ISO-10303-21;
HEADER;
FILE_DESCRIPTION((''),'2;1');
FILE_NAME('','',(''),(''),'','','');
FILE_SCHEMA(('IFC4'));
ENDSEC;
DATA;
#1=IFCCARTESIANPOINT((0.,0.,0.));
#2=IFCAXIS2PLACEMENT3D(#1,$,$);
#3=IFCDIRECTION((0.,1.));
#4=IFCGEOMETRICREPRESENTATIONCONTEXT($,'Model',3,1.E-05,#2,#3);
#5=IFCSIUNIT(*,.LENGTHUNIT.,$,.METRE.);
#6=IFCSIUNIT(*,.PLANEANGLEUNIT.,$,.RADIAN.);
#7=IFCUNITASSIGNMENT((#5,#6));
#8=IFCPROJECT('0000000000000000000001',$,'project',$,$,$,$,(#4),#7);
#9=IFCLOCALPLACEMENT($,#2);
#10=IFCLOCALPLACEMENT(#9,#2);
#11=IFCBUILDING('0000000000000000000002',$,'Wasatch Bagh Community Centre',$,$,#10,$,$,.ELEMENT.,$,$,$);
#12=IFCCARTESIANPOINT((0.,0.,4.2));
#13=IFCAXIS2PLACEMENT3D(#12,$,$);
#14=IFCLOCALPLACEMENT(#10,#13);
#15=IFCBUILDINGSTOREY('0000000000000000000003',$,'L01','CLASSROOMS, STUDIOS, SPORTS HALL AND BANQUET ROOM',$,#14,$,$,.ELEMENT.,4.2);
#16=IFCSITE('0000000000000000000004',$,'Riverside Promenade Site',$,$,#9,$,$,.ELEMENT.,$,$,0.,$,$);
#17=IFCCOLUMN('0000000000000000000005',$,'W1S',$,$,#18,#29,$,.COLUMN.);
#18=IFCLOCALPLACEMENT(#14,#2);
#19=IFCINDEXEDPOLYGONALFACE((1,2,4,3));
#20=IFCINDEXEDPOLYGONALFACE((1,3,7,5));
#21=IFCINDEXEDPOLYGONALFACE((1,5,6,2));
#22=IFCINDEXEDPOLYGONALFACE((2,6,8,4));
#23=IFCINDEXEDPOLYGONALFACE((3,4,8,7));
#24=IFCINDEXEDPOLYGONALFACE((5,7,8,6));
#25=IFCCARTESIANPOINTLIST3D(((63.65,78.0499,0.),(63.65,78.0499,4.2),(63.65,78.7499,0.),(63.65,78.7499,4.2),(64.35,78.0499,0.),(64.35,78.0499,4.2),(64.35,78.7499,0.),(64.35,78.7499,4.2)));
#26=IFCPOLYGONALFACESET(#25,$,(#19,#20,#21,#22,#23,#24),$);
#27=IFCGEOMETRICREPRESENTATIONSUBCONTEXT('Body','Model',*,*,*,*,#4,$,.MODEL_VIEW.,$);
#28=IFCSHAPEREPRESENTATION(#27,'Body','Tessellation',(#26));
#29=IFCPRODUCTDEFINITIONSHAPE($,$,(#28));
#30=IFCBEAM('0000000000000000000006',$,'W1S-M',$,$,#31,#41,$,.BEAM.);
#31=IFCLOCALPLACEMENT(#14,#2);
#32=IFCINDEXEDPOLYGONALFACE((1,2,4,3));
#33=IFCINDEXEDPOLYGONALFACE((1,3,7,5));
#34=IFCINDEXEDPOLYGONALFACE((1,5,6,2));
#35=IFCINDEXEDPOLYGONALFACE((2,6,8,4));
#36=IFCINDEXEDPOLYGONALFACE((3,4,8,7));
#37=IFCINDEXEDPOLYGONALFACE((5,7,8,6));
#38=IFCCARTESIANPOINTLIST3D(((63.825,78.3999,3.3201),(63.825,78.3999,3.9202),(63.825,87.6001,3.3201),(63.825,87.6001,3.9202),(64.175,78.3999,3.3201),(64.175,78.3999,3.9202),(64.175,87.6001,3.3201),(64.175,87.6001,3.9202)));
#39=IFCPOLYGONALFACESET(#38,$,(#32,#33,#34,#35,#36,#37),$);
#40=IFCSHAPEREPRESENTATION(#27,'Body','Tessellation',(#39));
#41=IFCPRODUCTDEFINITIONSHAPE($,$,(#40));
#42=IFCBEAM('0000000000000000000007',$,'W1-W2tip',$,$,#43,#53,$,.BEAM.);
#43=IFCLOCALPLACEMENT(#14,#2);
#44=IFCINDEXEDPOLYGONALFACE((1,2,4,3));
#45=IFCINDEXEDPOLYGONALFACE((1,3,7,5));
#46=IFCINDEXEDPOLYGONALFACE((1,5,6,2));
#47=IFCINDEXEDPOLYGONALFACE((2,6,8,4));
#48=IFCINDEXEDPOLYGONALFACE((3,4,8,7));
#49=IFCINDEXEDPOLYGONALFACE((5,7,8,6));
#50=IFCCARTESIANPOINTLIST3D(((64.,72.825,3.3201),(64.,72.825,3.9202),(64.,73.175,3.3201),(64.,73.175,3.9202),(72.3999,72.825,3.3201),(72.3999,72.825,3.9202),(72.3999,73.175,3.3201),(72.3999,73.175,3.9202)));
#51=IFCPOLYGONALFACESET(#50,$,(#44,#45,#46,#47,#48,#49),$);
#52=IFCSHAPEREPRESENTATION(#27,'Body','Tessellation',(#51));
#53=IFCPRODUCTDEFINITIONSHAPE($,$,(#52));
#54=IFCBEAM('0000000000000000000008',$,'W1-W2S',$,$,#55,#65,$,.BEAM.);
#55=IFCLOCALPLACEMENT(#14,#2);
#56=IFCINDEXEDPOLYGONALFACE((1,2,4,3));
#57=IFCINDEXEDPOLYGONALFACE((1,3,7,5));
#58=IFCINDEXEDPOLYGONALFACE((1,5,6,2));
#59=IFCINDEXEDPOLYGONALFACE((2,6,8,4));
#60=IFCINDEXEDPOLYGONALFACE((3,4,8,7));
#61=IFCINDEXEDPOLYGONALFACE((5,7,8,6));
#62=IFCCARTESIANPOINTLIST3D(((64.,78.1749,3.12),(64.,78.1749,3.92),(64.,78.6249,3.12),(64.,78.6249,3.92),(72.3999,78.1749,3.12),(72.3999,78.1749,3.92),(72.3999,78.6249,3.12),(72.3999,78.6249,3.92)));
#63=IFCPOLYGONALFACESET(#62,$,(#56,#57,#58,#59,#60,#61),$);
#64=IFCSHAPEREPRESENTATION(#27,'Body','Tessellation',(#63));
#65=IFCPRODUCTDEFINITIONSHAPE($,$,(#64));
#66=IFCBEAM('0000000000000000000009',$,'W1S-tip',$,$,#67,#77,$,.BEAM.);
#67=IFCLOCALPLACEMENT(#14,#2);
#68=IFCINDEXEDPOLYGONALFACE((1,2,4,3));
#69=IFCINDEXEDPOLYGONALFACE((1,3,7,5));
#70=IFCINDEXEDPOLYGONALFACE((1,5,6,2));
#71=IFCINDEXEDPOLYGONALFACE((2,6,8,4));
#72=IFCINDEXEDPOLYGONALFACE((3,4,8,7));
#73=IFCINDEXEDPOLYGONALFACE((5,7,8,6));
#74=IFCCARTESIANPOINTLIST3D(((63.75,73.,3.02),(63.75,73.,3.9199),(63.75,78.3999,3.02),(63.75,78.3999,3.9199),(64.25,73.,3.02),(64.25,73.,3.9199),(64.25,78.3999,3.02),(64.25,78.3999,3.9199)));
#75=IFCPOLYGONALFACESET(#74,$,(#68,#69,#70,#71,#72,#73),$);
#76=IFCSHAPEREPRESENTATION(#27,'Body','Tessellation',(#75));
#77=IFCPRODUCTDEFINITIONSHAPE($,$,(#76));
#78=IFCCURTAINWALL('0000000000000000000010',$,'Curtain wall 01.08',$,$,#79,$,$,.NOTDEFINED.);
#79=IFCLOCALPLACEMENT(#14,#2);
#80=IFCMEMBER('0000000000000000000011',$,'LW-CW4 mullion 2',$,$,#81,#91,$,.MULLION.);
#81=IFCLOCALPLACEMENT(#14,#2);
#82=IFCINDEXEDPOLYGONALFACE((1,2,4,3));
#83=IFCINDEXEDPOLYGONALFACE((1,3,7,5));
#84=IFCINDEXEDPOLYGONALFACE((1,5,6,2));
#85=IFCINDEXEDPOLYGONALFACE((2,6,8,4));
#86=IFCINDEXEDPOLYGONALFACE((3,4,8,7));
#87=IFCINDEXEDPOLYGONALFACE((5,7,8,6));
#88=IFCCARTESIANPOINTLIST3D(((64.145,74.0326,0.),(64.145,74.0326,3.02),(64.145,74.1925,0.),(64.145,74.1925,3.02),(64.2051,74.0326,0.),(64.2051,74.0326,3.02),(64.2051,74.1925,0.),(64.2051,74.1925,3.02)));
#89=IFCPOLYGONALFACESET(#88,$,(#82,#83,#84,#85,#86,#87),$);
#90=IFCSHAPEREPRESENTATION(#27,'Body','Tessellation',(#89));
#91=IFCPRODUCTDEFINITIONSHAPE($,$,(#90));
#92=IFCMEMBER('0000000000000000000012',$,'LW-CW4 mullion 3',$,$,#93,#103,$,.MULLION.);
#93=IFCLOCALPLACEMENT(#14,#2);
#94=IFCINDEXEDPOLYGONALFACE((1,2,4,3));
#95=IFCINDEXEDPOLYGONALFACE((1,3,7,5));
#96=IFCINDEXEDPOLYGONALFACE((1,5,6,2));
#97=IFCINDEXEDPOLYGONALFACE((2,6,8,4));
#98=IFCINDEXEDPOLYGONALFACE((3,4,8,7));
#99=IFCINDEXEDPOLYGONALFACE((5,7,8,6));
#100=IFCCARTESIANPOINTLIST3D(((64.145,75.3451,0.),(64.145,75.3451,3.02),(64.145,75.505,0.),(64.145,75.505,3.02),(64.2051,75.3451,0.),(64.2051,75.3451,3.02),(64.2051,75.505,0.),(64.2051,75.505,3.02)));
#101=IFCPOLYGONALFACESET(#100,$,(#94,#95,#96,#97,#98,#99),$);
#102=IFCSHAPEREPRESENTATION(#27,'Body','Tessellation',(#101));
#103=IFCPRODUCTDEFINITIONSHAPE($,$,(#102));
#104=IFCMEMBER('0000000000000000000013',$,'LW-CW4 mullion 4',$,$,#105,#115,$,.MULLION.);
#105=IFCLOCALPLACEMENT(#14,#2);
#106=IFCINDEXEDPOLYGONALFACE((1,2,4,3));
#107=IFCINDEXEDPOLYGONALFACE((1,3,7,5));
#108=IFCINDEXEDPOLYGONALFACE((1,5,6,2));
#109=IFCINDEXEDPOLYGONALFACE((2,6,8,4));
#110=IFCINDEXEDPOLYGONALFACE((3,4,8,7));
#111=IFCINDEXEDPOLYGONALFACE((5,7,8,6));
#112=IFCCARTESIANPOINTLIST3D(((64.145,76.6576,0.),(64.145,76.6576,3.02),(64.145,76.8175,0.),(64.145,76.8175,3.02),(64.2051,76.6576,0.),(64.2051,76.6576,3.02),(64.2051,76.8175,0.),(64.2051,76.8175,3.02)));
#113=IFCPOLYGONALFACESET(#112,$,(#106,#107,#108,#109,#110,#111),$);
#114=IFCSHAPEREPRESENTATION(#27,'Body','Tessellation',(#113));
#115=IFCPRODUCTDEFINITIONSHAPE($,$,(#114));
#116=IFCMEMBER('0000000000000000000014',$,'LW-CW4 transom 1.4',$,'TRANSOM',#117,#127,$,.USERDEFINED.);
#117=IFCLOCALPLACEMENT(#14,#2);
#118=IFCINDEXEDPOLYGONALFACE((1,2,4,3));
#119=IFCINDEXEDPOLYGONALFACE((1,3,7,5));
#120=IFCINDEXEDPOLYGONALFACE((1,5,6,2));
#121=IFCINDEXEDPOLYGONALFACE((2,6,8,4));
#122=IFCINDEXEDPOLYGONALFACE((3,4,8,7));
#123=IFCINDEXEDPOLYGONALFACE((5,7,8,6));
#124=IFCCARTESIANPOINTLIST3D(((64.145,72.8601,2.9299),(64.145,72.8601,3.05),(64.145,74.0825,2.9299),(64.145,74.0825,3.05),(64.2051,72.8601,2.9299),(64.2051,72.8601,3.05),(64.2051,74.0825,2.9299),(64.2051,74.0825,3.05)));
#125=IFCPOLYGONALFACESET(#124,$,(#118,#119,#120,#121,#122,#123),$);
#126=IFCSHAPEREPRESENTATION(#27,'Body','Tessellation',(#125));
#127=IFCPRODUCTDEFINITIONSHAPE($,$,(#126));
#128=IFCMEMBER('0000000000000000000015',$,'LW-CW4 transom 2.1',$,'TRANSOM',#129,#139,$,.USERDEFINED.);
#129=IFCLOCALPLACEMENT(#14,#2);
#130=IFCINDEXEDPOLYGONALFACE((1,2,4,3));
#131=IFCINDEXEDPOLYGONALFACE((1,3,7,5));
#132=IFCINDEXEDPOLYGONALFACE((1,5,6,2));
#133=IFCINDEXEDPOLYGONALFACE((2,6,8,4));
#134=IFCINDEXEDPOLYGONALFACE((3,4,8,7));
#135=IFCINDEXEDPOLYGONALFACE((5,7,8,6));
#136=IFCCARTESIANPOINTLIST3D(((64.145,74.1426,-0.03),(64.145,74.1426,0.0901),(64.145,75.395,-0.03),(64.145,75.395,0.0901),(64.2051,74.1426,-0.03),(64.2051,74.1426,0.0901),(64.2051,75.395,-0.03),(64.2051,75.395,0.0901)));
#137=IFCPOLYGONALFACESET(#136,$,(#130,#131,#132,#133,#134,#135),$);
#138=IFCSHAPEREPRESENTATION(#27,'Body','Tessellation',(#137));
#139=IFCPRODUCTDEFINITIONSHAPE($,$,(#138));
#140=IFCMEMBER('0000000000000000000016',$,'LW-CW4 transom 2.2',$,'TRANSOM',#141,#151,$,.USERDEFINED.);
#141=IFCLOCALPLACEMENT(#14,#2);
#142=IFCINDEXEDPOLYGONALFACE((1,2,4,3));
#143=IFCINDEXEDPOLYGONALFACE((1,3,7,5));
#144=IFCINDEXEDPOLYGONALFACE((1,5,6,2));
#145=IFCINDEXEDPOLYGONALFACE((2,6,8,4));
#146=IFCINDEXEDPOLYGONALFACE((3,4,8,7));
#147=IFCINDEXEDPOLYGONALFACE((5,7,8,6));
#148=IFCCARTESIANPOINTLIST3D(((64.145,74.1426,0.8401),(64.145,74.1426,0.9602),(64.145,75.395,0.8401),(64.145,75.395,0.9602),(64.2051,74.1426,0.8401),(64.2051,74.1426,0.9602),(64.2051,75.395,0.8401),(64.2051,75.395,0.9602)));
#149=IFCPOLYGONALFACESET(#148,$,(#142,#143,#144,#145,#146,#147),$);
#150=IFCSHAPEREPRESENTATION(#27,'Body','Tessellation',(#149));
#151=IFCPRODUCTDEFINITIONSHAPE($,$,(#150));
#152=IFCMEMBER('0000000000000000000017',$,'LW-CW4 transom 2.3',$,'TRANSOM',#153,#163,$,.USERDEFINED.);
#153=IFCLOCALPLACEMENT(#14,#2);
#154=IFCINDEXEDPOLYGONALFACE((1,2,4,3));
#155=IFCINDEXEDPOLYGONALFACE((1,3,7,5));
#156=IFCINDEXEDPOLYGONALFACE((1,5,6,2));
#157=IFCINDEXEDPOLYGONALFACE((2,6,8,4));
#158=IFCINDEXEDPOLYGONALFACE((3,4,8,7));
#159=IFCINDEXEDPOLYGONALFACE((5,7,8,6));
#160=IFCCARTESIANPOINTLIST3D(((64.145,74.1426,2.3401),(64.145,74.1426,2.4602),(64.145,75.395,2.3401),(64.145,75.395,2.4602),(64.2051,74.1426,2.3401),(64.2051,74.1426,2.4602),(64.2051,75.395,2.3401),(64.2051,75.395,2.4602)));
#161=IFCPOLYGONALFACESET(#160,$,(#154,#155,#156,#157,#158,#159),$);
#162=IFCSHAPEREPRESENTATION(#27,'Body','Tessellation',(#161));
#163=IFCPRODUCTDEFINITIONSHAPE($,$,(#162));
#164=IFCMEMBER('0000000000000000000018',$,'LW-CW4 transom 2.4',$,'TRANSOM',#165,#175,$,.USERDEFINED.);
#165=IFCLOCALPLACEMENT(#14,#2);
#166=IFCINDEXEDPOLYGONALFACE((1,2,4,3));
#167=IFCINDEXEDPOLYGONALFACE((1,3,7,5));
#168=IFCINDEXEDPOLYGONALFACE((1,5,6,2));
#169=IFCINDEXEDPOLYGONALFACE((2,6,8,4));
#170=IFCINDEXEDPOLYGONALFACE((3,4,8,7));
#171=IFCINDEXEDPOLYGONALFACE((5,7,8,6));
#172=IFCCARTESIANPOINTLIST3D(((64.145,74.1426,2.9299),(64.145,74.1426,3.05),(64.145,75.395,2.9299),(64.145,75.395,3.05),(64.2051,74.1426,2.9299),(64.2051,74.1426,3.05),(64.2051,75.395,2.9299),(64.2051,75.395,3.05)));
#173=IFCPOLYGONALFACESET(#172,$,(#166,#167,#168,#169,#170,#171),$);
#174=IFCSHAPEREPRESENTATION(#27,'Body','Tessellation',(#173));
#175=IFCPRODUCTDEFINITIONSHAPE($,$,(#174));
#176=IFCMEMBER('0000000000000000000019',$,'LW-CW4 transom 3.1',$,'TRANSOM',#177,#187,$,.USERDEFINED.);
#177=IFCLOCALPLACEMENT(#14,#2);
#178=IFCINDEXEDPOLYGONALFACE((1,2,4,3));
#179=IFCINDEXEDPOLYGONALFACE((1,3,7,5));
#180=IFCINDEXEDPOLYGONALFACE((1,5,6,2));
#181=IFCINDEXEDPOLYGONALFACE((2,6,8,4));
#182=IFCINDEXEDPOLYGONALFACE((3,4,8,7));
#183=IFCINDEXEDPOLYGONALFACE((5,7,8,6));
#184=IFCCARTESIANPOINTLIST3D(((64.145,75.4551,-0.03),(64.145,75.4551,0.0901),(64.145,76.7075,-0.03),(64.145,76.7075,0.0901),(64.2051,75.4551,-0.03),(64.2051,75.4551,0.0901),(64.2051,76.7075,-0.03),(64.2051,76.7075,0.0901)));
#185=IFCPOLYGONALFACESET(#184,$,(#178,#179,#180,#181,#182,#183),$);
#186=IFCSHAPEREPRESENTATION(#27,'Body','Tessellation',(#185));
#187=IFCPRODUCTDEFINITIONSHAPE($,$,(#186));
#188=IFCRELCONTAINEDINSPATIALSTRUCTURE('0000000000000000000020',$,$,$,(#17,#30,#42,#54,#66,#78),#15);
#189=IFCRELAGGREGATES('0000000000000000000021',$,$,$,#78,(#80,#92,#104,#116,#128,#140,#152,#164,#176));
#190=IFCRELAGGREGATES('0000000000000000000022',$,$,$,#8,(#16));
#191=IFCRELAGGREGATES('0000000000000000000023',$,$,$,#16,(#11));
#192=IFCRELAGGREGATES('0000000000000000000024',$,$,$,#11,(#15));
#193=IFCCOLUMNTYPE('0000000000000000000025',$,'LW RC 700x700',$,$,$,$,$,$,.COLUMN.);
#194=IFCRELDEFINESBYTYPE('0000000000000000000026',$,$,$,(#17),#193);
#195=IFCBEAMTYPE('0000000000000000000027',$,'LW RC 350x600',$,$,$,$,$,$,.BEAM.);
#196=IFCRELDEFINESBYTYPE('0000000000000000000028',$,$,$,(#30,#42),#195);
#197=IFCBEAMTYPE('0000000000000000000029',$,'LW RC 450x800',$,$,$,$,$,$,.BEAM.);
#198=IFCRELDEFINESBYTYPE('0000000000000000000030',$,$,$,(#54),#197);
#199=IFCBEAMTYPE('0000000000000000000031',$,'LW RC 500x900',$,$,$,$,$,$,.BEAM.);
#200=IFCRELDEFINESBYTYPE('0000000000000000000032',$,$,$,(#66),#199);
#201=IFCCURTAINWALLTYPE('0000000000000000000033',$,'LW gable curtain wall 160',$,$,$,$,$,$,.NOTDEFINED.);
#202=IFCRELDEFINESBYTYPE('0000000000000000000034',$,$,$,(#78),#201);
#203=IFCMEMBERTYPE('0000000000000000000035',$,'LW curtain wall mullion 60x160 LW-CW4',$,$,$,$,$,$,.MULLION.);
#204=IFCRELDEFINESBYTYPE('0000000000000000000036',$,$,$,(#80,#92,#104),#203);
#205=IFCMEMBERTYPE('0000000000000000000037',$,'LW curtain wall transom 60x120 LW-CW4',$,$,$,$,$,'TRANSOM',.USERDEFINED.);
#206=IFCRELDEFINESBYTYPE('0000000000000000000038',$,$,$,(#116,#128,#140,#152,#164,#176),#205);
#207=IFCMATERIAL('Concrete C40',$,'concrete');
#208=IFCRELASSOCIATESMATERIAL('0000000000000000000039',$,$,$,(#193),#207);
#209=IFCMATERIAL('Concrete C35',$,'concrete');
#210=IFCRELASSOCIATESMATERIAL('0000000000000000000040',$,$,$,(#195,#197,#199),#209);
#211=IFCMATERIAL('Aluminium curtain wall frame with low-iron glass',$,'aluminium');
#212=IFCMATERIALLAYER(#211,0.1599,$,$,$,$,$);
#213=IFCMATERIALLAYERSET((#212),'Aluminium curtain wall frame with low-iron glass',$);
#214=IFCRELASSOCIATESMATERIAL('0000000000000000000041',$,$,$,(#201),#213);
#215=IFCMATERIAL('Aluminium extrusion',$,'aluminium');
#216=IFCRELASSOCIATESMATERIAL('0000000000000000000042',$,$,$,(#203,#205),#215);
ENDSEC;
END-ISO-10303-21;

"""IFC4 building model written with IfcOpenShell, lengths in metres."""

from ifc_helpers import new_model, si_unit, direction, frame, origin, origin_2d, place, context, subcontext, project, spatial, rectangle, extrude, material, layer, layer_set, material_profile, profile_set, type_object, element, aggregate, save


model = new_model("IFC4")

# Units and contexts
model_context = context("Model", 3, precision=1e-05, world=origin(), true_north=direction((0.0, 1.0)))
body_context = subcontext(model_context, "Body", "Model", "MODEL_VIEW")
ifc_project = project(units=[si_unit("LENGTHUNIT", "METRE"), si_unit("PLANEANGLEUNIT", "RADIAN")], contexts=[model_context])

# Site, building, storey
site_placement = place(None, origin())
site = spatial("IfcSite", under=ifc_project, at=site_placement, Name="Riverside Promenade Site", CompositionType="ELEMENT", RefElevation=0.0)
building_placement = place(site_placement, origin())
building = spatial("IfcBuilding", under=site, at=building_placement, Name="Wasatch Bagh Community Centre", CompositionType="ELEMENT")
storey_placement = place(building_placement, frame((0.0, 0.0, 4.2)))
storey = spatial("IfcBuildingStorey", under=building, at=storey_placement, Name="L01", Description="CLASSROOMS, STUDIOS, SPORTS HALL AND BANQUET ROOM", CompositionType="ELEMENT", Elevation=4.2)

# Column
ifc_material_1 = material(Name="Concrete C40", Category="concrete")
ifc_material_profile_1 = material_profile(ifc_material_1, rectangle(XDim=0.7, YDim=0.7, at=origin_2d()), Name="RC 700x700")
ifc_profile_set_1 = profile_set([ifc_material_profile_1], Name="Concrete C40")
column_type = type_object("IfcColumnType", Name="LW RC 700x700", PredefinedType="COLUMN", material=ifc_profile_set_1)
column_placement = place(storey_placement, frame((64.0, 78.3999, 0.0), z_axis=(0.0, 0.0, 1.0), x_axis=(1.0, 0.0, 0.0)))
element("IfcColumn", 1, at=column_placement, inside=storey, type_object=column_type, Name="W1S", PredefinedType="COLUMN", context=body_context, shape_type="SweptSolid", body=[
    extrude(rectangle(XDim=0.7, YDim=0.7, at=origin_2d()), origin(), (0.0, 0.0, 1.0), 4.2),
])

# Beams
ifc_material_2 = material(Name="Concrete C35", Category="concrete")
ifc_material_profile_2 = material_profile(ifc_material_2, rectangle(XDim=0.3501, YDim=0.6001, at=origin_2d()), Name="RC 350x600")
ifc_profile_set_2 = profile_set([ifc_material_profile_2], Name="Concrete C35")
beam_type_1 = type_object("IfcBeamType", Name="LW RC 350x600", PredefinedType="BEAM", material=ifc_profile_set_2)
beam_1_placement = place(storey_placement, frame((64.0, 78.3999, 3.6201), z_axis=(0.0, 1.0, 0.0), x_axis=(-1.0, 0.0, 0.0)))
element("IfcBeam", 2, at=beam_1_placement, inside=storey, type_object=beam_type_1, Name="W1S-M", PredefinedType="BEAM", context=body_context, shape_type="SweptSolid", body=[
    extrude(rectangle(XDim=0.3501, YDim=0.6001, at=origin_2d()), origin(), (0.0, 0.0, 1.0), 9.2002),
])
beam_2_placement = place(storey_placement, frame((64.0, 73.0, 3.6201), z_axis=(1.0, 0.0, 0.0), x_axis=(0.0, 1.0, 0.0)))
element("IfcBeam", 3, at=beam_2_placement, inside=storey, type_object=beam_type_1, Name="W1-W2tip", PredefinedType="BEAM", context=body_context, shape_type="SweptSolid", body=[
    extrude(rectangle(XDim=0.3501, YDim=0.6001, at=origin_2d()), origin(), (0.0, 0.0, 1.0), 8.3999),
])
ifc_material_profile_3 = material_profile(ifc_material_2, rectangle(XDim=0.45, YDim=0.8, at=origin_2d()), Name="RC 450x800")
ifc_profile_set_3 = profile_set([ifc_material_profile_3], Name="Concrete C35")
beam_type_2 = type_object("IfcBeamType", Name="LW RC 450x800", PredefinedType="BEAM", material=ifc_profile_set_3)
beam_3_placement = place(storey_placement, frame((64.0, 78.3999, 3.52), z_axis=(1.0, 0.0, 0.0), x_axis=(0.0, 1.0, 0.0)))
element("IfcBeam", 4, at=beam_3_placement, inside=storey, type_object=beam_type_2, Name="W1-W2S", PredefinedType="BEAM", context=body_context, shape_type="SweptSolid", body=[
    extrude(rectangle(XDim=0.45, YDim=0.8, at=origin_2d()), origin(), (0.0, 0.0, 1.0), 8.3999),
])
ifc_material_profile_4 = material_profile(ifc_material_2, rectangle(XDim=0.5, YDim=0.8999, at=origin_2d()), Name="RC 500x900")
ifc_profile_set_4 = profile_set([ifc_material_profile_4], Name="Concrete C35")
beam_type_3 = type_object("IfcBeamType", Name="LW RC 500x900", PredefinedType="BEAM", material=ifc_profile_set_4)
beam_4_placement = place(storey_placement, frame((64.0, 78.3999, 3.47), z_axis=(0.0, -1.0, 0.0), x_axis=(1.0, 0.0, 0.0)))
element("IfcBeam", 5, at=beam_4_placement, inside=storey, type_object=beam_type_3, Name="W1S-tip", PredefinedType="BEAM", context=body_context, shape_type="SweptSolid", body=[
    extrude(rectangle(XDim=0.5, YDim=0.8999, at=origin_2d()), origin(), (0.0, 0.0, 1.0), 5.3999),
])

# Curtain wall, members
ifc_material_3 = material(Name="Aluminium curtain wall frame with low-iron glass", Category="aluminium")
ifc_layer_1 = layer(ifc_material_3, 0.1599)
ifc_layer_set_1 = layer_set([ifc_layer_1], Name="Aluminium curtain wall frame with low-iron glass")
curtain_wall_type = type_object("IfcCurtainWallType", Name="LW gable curtain wall 160", PredefinedType="NOTDEFINED", material=ifc_layer_set_1)
curtain_wall_placement = place(storey_placement, origin())
curtain_wall = element("IfcCurtainWall", 6, at=curtain_wall_placement, inside=storey, type_object=curtain_wall_type, Name="Curtain wall 01.08", PredefinedType="NOTDEFINED")
ifc_material_4 = material(Name="Aluminium extrusion", Category="aluminium")
ifc_material_profile_5 = material_profile(ifc_material_4, rectangle(XDim=0.0601, YDim=0.1599, at=origin_2d()), Name="AL 60x160")
ifc_profile_set_5 = profile_set([ifc_material_profile_5], Name="Aluminium extrusion")
member_type_1 = type_object("IfcMemberType", Name="LW curtain wall mullion 60x160 LW-CW4", PredefinedType="MULLION", material=ifc_profile_set_5)
member_1_placement = place(storey_placement, frame((64.175, 74.1125, 0.0), z_axis=(0.0, 0.0, 1.0), x_axis=(-1.0, 0.0, 0.0)))
member_1 = element("IfcMember", 7, at=member_1_placement, type_object=member_type_1, Name="LW-CW4 mullion 2", PredefinedType="MULLION", context=body_context, shape_type="SweptSolid", body=[
    extrude(rectangle(XDim=0.0601, YDim=0.1599, at=origin_2d()), origin(), (0.0, 0.0, 1.0), 3.02),
])
member_2_placement = place(storey_placement, frame((64.175, 75.425, 0.0), z_axis=(0.0, 0.0, 1.0), x_axis=(-1.0, 0.0, 0.0)))
member_2 = element("IfcMember", 8, at=member_2_placement, type_object=member_type_1, Name="LW-CW4 mullion 3", PredefinedType="MULLION", context=body_context, shape_type="SweptSolid", body=[
    extrude(rectangle(XDim=0.0601, YDim=0.1599, at=origin_2d()), origin(), (0.0, 0.0, 1.0), 3.02),
])
member_3_placement = place(storey_placement, frame((64.175, 76.7375, 0.0), z_axis=(0.0, 0.0, 1.0), x_axis=(-1.0, 0.0, 0.0)))
member_3 = element("IfcMember", 9, at=member_3_placement, type_object=member_type_1, Name="LW-CW4 mullion 4", PredefinedType="MULLION", context=body_context, shape_type="SweptSolid", body=[
    extrude(rectangle(XDim=0.0601, YDim=0.1599, at=origin_2d()), origin(), (0.0, 0.0, 1.0), 3.02),
])
ifc_material_profile_6 = material_profile(ifc_material_4, rectangle(XDim=0.0601, YDim=0.1201, at=origin_2d()), Name="AL 60x120")
ifc_profile_set_6 = profile_set([ifc_material_profile_6], Name="Aluminium extrusion")
member_type_2 = type_object("IfcMemberType", Name="LW curtain wall transom 60x120 LW-CW4", ElementType="TRANSOM", PredefinedType="USERDEFINED", material=ifc_profile_set_6)
member_4_placement = place(storey_placement, frame((64.175, 72.8601, 2.99), z_axis=(0.0, 1.0, 0.0), x_axis=(-1.0, 0.0, 0.0)))
member_4 = element("IfcMember", 10, at=member_4_placement, type_object=member_type_2, Name="LW-CW4 transom 1.4", ObjectType="TRANSOM", PredefinedType="USERDEFINED", context=body_context, shape_type="SweptSolid", body=[
    extrude(rectangle(XDim=0.0601, YDim=0.1201, at=origin_2d()), origin(), (0.0, 0.0, 1.0), 1.2224),
])
member_5_placement = place(storey_placement, frame((64.175, 74.1426, 0.03), z_axis=(0.0, 1.0, 0.0), x_axis=(-1.0, 0.0, 0.0)))
member_5 = element("IfcMember", 11, at=member_5_placement, type_object=member_type_2, Name="LW-CW4 transom 2.1", ObjectType="TRANSOM", PredefinedType="USERDEFINED", context=body_context, shape_type="SweptSolid", body=[
    extrude(rectangle(XDim=0.0601, YDim=0.1201, at=origin_2d()), origin(), (0.0, 0.0, 1.0), 1.2524),
])
member_6_placement = place(storey_placement, frame((64.175, 74.1426, 0.9001), z_axis=(0.0, 1.0, 0.0), x_axis=(-1.0, 0.0, 0.0)))
member_6 = element("IfcMember", 12, at=member_6_placement, type_object=member_type_2, Name="LW-CW4 transom 2.2", ObjectType="TRANSOM", PredefinedType="USERDEFINED", context=body_context, shape_type="SweptSolid", body=[
    extrude(rectangle(XDim=0.0601, YDim=0.1201, at=origin_2d()), origin(), (0.0, 0.0, 1.0), 1.2524),
])
member_7_placement = place(storey_placement, frame((64.175, 74.1426, 2.4001), z_axis=(0.0, 1.0, 0.0), x_axis=(-1.0, 0.0, 0.0)))
member_7 = element("IfcMember", 13, at=member_7_placement, type_object=member_type_2, Name="LW-CW4 transom 2.3", ObjectType="TRANSOM", PredefinedType="USERDEFINED", context=body_context, shape_type="SweptSolid", body=[
    extrude(rectangle(XDim=0.0601, YDim=0.1201, at=origin_2d()), origin(), (0.0, 0.0, 1.0), 1.2524),
])
member_8_placement = place(storey_placement, frame((64.175, 74.1426, 2.99), z_axis=(0.0, 1.0, 0.0), x_axis=(-1.0, 0.0, 0.0)))
member_8 = element("IfcMember", 14, at=member_8_placement, type_object=member_type_2, Name="LW-CW4 transom 2.4", ObjectType="TRANSOM", PredefinedType="USERDEFINED", context=body_context, shape_type="SweptSolid", body=[
    extrude(rectangle(XDim=0.0601, YDim=0.1201, at=origin_2d()), origin(), (0.0, 0.0, 1.0), 1.2524),
])
member_9_placement = place(storey_placement, frame((64.175, 75.4551, 0.03), z_axis=(0.0, 1.0, 0.0), x_axis=(-1.0, 0.0, 0.0)))
member_9 = element("IfcMember", 15, at=member_9_placement, type_object=member_type_2, Name="LW-CW4 transom 3.1", ObjectType="TRANSOM", PredefinedType="USERDEFINED", context=body_context, shape_type="SweptSolid", body=[
    extrude(rectangle(XDim=0.0601, YDim=0.1201, at=origin_2d()), origin(), (0.0, 0.0, 1.0), 1.2524),
])
aggregate(curtain_wall, [member_1, member_2, member_3, member_4, member_5, member_6, member_7, member_8, member_9])

save(model, "model.ifc")
